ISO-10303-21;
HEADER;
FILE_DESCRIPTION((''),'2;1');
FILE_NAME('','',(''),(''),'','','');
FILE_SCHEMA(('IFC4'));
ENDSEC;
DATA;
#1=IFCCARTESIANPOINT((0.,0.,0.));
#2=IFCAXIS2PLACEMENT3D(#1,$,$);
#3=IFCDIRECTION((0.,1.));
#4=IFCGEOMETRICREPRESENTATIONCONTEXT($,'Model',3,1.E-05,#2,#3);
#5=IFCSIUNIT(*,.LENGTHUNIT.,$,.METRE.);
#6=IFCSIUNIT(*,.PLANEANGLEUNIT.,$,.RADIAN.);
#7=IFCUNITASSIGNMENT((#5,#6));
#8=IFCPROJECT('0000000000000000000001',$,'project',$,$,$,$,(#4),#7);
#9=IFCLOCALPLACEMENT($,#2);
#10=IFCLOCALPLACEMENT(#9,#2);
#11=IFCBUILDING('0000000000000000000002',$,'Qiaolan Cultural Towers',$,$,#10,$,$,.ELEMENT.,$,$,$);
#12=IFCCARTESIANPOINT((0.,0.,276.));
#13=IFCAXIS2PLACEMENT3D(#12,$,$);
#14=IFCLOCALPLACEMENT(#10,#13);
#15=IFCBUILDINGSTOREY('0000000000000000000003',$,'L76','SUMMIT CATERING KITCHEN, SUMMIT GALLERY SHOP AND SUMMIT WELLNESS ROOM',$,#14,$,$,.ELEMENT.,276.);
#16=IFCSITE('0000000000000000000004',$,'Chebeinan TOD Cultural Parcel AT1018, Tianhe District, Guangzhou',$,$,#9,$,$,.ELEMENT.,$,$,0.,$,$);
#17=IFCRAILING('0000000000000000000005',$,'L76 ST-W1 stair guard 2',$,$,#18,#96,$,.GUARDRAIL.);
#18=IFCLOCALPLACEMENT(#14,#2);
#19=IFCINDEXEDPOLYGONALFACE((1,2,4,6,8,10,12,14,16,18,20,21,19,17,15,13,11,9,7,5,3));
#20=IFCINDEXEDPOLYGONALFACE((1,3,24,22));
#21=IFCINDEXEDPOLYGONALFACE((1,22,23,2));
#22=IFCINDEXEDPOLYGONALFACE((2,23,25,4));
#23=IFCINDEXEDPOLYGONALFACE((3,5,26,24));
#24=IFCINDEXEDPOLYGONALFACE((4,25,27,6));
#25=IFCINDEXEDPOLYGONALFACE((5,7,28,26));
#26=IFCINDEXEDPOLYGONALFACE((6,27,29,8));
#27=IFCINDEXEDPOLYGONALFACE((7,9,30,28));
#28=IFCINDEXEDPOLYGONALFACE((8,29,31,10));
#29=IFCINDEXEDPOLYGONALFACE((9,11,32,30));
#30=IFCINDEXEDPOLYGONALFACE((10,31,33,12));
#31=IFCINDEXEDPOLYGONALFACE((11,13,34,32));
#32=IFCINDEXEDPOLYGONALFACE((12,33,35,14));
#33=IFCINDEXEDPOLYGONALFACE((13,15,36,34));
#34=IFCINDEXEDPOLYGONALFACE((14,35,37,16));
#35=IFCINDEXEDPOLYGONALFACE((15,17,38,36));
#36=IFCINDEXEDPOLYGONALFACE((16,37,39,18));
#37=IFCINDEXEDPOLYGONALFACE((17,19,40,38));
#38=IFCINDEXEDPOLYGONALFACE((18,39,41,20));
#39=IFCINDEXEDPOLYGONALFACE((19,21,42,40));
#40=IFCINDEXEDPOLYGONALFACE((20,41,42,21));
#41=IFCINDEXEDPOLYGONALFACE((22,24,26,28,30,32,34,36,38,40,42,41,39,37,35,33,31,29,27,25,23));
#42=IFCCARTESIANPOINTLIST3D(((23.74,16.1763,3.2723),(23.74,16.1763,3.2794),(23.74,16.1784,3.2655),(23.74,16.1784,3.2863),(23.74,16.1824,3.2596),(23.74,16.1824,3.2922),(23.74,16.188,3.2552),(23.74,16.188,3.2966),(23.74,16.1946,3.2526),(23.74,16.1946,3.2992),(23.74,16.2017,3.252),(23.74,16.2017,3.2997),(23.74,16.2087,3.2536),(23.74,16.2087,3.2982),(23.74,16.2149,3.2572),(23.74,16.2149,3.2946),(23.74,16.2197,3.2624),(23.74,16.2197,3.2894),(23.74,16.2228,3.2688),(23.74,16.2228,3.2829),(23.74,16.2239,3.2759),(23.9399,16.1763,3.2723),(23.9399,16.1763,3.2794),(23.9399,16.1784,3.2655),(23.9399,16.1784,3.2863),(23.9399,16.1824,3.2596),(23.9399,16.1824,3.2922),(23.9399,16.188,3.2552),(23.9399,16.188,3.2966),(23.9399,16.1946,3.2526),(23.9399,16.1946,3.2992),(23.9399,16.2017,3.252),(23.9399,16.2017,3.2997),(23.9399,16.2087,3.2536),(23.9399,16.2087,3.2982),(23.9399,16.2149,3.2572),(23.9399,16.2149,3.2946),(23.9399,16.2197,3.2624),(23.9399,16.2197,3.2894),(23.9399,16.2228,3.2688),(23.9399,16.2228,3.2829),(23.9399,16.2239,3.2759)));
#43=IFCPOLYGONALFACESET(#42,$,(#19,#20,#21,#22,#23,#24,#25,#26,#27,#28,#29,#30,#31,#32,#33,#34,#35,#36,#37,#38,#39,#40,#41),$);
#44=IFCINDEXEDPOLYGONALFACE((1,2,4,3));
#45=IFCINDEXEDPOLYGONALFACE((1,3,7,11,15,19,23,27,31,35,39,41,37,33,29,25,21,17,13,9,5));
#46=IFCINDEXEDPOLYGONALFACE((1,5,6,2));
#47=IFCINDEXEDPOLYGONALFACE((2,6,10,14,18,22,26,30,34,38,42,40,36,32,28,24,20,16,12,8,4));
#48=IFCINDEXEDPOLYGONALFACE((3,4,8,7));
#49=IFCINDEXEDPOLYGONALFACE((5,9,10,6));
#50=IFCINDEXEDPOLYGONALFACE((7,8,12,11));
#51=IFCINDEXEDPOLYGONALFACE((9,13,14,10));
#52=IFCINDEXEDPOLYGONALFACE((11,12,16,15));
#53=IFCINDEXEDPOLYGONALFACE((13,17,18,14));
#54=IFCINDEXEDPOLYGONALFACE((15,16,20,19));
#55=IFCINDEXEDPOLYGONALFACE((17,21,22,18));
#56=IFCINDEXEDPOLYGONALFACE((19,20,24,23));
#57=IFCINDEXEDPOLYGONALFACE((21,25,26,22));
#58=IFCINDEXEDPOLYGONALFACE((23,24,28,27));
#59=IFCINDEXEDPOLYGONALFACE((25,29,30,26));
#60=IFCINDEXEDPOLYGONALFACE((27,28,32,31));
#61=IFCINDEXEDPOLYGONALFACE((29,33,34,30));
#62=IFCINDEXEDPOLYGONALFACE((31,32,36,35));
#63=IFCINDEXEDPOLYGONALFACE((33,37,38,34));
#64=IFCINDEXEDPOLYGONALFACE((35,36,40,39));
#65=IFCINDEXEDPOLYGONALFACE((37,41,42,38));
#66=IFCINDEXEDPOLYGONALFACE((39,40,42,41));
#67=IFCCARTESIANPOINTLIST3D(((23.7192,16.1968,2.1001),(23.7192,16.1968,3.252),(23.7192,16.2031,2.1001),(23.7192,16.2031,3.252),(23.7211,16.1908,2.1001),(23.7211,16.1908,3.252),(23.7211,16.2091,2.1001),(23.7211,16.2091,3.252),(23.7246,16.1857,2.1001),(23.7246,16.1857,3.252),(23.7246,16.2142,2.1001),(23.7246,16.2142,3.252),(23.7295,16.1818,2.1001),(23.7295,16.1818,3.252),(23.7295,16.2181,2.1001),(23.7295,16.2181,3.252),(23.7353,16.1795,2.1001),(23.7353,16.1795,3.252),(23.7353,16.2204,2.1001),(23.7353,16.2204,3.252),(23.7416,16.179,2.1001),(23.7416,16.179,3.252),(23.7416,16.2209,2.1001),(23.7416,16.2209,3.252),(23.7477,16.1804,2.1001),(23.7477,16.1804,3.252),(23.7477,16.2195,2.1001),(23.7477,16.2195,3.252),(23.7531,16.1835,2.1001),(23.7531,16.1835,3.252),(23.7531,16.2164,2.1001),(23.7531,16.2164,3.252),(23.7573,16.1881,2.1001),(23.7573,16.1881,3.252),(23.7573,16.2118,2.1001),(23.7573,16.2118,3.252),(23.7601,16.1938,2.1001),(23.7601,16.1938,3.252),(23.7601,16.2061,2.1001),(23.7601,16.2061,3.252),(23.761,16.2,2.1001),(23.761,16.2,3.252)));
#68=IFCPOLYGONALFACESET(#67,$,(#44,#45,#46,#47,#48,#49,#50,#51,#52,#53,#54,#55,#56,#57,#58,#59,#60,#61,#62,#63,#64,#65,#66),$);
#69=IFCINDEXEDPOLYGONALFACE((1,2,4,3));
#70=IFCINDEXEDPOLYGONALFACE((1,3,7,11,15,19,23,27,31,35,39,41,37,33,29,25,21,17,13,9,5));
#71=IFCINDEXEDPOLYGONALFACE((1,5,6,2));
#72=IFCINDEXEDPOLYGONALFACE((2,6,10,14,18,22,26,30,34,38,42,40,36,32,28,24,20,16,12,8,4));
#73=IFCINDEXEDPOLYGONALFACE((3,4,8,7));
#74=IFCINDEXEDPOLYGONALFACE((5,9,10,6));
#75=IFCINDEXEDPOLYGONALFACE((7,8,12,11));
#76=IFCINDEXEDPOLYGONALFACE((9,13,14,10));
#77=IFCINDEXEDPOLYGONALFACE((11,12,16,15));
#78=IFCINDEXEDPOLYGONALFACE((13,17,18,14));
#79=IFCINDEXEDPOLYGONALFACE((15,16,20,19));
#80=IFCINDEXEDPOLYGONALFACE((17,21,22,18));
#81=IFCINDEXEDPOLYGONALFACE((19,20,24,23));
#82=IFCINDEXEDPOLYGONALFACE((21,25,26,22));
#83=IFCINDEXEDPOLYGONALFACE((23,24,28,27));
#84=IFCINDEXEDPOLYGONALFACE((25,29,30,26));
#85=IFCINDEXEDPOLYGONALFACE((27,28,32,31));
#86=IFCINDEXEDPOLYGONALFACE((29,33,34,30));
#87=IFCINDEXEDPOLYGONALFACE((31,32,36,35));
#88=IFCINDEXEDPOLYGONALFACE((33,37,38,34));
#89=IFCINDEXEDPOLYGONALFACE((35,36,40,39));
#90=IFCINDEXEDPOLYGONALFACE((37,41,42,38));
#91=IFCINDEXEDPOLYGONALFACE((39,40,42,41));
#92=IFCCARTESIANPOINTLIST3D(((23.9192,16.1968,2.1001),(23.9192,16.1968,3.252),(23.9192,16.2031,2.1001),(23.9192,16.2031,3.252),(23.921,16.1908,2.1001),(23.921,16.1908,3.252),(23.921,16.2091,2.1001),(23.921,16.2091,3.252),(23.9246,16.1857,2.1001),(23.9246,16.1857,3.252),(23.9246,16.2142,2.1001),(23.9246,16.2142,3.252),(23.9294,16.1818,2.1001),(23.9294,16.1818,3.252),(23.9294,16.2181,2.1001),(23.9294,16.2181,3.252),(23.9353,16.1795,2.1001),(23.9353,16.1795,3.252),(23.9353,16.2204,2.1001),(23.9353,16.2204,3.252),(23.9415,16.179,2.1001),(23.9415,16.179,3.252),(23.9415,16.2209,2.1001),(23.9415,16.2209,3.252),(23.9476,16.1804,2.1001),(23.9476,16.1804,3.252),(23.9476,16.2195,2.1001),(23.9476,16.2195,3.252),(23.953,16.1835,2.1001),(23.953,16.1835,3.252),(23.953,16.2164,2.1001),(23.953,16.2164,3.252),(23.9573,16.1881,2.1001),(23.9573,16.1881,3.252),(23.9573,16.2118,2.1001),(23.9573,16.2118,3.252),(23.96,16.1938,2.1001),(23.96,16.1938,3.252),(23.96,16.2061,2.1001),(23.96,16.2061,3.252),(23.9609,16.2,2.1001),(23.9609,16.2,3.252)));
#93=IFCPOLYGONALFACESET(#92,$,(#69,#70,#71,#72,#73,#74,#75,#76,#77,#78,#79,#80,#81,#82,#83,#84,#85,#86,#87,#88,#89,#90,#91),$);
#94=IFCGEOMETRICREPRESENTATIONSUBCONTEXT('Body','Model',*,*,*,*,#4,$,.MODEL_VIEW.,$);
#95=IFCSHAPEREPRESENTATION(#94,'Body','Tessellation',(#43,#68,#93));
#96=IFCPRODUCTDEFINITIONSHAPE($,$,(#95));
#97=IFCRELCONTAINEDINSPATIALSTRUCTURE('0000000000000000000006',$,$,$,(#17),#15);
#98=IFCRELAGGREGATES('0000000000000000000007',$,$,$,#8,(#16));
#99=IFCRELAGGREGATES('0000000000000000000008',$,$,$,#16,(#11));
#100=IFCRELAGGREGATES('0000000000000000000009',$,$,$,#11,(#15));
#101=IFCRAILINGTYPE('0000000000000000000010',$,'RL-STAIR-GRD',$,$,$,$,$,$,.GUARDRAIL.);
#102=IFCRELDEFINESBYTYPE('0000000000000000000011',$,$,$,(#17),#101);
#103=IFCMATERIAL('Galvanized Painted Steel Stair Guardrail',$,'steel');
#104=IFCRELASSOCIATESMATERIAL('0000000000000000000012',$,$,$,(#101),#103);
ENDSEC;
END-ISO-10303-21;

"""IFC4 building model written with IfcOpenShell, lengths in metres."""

from ifc_helpers import new_model, si_unit, direction, frame, origin, origin_2d, place, context, subcontext, project, spatial, circle, extrude, material, type_object, element, save


model = new_model("IFC4")

# Units and contexts
model_context = context("Model", 3, precision=1e-05, world=origin(), true_north=direction((0.0, 1.0)))
body_context = subcontext(model_context, "Body", "Model", "MODEL_VIEW")
ifc_project = project(units=[si_unit("LENGTHUNIT", "METRE"), si_unit("PLANEANGLEUNIT", "RADIAN")], contexts=[model_context])

# Site, building, storey
site_placement = place(None, origin())
site = spatial("IfcSite", under=ifc_project, at=site_placement, Name="Chebeinan TOD Cultural Parcel AT1018, Tianhe District, Guangzhou", CompositionType="ELEMENT", RefElevation=0.0)
building_placement = place(site_placement, origin())
building = spatial("IfcBuilding", under=site, at=building_placement, Name="Qiaolan Cultural Towers", CompositionType="ELEMENT")
storey_placement = place(building_placement, frame((0.0, 0.0, 276.0)))
storey = spatial("IfcBuildingStorey", under=building, at=storey_placement, Name="L76", Description="SUMMIT CATERING KITCHEN, SUMMIT GALLERY SHOP AND SUMMIT WELLNESS ROOM", CompositionType="ELEMENT", Elevation=276.0)

# Railing
ifc_material_1 = material(Name="Galvanized Painted Steel Stair Guardrail", Category="steel")
railing_type = type_object("IfcRailingType", Name="RL-STAIR-GRD", PredefinedType="GUARDRAIL", material=ifc_material_1)
railing_1_placement = place(storey_placement, frame((23.74, 16.2, 2.1001)))
element("IfcRailing", 1, at=railing_1_placement, inside=storey, type_object=railing_type, Name="L76 ST-W1 stair guard 2", PredefinedType="GUARDRAIL", context=body_context, shape_type="SweptSolid", body=[
    extrude(circle(Radius=0.0239, at=origin_2d()), frame((0.0, 0.0, 1.1758), z_axis=(1.0, 0.0, 0.0), x_axis=(0.0, 1.0, 0.0)), (0.0, 0.0, 1.0), 0.2),
    extrude(circle(Radius=0.021, at=origin_2d()), origin(), (0.0, 0.0, 1.0), 1.1519),
    extrude(circle(Radius=0.021, at=origin_2d()), frame((0.2, 0.0, 0.0)), (0.0, 0.0, 1.0), 1.1519),
])

save(model, "model.ifc")
